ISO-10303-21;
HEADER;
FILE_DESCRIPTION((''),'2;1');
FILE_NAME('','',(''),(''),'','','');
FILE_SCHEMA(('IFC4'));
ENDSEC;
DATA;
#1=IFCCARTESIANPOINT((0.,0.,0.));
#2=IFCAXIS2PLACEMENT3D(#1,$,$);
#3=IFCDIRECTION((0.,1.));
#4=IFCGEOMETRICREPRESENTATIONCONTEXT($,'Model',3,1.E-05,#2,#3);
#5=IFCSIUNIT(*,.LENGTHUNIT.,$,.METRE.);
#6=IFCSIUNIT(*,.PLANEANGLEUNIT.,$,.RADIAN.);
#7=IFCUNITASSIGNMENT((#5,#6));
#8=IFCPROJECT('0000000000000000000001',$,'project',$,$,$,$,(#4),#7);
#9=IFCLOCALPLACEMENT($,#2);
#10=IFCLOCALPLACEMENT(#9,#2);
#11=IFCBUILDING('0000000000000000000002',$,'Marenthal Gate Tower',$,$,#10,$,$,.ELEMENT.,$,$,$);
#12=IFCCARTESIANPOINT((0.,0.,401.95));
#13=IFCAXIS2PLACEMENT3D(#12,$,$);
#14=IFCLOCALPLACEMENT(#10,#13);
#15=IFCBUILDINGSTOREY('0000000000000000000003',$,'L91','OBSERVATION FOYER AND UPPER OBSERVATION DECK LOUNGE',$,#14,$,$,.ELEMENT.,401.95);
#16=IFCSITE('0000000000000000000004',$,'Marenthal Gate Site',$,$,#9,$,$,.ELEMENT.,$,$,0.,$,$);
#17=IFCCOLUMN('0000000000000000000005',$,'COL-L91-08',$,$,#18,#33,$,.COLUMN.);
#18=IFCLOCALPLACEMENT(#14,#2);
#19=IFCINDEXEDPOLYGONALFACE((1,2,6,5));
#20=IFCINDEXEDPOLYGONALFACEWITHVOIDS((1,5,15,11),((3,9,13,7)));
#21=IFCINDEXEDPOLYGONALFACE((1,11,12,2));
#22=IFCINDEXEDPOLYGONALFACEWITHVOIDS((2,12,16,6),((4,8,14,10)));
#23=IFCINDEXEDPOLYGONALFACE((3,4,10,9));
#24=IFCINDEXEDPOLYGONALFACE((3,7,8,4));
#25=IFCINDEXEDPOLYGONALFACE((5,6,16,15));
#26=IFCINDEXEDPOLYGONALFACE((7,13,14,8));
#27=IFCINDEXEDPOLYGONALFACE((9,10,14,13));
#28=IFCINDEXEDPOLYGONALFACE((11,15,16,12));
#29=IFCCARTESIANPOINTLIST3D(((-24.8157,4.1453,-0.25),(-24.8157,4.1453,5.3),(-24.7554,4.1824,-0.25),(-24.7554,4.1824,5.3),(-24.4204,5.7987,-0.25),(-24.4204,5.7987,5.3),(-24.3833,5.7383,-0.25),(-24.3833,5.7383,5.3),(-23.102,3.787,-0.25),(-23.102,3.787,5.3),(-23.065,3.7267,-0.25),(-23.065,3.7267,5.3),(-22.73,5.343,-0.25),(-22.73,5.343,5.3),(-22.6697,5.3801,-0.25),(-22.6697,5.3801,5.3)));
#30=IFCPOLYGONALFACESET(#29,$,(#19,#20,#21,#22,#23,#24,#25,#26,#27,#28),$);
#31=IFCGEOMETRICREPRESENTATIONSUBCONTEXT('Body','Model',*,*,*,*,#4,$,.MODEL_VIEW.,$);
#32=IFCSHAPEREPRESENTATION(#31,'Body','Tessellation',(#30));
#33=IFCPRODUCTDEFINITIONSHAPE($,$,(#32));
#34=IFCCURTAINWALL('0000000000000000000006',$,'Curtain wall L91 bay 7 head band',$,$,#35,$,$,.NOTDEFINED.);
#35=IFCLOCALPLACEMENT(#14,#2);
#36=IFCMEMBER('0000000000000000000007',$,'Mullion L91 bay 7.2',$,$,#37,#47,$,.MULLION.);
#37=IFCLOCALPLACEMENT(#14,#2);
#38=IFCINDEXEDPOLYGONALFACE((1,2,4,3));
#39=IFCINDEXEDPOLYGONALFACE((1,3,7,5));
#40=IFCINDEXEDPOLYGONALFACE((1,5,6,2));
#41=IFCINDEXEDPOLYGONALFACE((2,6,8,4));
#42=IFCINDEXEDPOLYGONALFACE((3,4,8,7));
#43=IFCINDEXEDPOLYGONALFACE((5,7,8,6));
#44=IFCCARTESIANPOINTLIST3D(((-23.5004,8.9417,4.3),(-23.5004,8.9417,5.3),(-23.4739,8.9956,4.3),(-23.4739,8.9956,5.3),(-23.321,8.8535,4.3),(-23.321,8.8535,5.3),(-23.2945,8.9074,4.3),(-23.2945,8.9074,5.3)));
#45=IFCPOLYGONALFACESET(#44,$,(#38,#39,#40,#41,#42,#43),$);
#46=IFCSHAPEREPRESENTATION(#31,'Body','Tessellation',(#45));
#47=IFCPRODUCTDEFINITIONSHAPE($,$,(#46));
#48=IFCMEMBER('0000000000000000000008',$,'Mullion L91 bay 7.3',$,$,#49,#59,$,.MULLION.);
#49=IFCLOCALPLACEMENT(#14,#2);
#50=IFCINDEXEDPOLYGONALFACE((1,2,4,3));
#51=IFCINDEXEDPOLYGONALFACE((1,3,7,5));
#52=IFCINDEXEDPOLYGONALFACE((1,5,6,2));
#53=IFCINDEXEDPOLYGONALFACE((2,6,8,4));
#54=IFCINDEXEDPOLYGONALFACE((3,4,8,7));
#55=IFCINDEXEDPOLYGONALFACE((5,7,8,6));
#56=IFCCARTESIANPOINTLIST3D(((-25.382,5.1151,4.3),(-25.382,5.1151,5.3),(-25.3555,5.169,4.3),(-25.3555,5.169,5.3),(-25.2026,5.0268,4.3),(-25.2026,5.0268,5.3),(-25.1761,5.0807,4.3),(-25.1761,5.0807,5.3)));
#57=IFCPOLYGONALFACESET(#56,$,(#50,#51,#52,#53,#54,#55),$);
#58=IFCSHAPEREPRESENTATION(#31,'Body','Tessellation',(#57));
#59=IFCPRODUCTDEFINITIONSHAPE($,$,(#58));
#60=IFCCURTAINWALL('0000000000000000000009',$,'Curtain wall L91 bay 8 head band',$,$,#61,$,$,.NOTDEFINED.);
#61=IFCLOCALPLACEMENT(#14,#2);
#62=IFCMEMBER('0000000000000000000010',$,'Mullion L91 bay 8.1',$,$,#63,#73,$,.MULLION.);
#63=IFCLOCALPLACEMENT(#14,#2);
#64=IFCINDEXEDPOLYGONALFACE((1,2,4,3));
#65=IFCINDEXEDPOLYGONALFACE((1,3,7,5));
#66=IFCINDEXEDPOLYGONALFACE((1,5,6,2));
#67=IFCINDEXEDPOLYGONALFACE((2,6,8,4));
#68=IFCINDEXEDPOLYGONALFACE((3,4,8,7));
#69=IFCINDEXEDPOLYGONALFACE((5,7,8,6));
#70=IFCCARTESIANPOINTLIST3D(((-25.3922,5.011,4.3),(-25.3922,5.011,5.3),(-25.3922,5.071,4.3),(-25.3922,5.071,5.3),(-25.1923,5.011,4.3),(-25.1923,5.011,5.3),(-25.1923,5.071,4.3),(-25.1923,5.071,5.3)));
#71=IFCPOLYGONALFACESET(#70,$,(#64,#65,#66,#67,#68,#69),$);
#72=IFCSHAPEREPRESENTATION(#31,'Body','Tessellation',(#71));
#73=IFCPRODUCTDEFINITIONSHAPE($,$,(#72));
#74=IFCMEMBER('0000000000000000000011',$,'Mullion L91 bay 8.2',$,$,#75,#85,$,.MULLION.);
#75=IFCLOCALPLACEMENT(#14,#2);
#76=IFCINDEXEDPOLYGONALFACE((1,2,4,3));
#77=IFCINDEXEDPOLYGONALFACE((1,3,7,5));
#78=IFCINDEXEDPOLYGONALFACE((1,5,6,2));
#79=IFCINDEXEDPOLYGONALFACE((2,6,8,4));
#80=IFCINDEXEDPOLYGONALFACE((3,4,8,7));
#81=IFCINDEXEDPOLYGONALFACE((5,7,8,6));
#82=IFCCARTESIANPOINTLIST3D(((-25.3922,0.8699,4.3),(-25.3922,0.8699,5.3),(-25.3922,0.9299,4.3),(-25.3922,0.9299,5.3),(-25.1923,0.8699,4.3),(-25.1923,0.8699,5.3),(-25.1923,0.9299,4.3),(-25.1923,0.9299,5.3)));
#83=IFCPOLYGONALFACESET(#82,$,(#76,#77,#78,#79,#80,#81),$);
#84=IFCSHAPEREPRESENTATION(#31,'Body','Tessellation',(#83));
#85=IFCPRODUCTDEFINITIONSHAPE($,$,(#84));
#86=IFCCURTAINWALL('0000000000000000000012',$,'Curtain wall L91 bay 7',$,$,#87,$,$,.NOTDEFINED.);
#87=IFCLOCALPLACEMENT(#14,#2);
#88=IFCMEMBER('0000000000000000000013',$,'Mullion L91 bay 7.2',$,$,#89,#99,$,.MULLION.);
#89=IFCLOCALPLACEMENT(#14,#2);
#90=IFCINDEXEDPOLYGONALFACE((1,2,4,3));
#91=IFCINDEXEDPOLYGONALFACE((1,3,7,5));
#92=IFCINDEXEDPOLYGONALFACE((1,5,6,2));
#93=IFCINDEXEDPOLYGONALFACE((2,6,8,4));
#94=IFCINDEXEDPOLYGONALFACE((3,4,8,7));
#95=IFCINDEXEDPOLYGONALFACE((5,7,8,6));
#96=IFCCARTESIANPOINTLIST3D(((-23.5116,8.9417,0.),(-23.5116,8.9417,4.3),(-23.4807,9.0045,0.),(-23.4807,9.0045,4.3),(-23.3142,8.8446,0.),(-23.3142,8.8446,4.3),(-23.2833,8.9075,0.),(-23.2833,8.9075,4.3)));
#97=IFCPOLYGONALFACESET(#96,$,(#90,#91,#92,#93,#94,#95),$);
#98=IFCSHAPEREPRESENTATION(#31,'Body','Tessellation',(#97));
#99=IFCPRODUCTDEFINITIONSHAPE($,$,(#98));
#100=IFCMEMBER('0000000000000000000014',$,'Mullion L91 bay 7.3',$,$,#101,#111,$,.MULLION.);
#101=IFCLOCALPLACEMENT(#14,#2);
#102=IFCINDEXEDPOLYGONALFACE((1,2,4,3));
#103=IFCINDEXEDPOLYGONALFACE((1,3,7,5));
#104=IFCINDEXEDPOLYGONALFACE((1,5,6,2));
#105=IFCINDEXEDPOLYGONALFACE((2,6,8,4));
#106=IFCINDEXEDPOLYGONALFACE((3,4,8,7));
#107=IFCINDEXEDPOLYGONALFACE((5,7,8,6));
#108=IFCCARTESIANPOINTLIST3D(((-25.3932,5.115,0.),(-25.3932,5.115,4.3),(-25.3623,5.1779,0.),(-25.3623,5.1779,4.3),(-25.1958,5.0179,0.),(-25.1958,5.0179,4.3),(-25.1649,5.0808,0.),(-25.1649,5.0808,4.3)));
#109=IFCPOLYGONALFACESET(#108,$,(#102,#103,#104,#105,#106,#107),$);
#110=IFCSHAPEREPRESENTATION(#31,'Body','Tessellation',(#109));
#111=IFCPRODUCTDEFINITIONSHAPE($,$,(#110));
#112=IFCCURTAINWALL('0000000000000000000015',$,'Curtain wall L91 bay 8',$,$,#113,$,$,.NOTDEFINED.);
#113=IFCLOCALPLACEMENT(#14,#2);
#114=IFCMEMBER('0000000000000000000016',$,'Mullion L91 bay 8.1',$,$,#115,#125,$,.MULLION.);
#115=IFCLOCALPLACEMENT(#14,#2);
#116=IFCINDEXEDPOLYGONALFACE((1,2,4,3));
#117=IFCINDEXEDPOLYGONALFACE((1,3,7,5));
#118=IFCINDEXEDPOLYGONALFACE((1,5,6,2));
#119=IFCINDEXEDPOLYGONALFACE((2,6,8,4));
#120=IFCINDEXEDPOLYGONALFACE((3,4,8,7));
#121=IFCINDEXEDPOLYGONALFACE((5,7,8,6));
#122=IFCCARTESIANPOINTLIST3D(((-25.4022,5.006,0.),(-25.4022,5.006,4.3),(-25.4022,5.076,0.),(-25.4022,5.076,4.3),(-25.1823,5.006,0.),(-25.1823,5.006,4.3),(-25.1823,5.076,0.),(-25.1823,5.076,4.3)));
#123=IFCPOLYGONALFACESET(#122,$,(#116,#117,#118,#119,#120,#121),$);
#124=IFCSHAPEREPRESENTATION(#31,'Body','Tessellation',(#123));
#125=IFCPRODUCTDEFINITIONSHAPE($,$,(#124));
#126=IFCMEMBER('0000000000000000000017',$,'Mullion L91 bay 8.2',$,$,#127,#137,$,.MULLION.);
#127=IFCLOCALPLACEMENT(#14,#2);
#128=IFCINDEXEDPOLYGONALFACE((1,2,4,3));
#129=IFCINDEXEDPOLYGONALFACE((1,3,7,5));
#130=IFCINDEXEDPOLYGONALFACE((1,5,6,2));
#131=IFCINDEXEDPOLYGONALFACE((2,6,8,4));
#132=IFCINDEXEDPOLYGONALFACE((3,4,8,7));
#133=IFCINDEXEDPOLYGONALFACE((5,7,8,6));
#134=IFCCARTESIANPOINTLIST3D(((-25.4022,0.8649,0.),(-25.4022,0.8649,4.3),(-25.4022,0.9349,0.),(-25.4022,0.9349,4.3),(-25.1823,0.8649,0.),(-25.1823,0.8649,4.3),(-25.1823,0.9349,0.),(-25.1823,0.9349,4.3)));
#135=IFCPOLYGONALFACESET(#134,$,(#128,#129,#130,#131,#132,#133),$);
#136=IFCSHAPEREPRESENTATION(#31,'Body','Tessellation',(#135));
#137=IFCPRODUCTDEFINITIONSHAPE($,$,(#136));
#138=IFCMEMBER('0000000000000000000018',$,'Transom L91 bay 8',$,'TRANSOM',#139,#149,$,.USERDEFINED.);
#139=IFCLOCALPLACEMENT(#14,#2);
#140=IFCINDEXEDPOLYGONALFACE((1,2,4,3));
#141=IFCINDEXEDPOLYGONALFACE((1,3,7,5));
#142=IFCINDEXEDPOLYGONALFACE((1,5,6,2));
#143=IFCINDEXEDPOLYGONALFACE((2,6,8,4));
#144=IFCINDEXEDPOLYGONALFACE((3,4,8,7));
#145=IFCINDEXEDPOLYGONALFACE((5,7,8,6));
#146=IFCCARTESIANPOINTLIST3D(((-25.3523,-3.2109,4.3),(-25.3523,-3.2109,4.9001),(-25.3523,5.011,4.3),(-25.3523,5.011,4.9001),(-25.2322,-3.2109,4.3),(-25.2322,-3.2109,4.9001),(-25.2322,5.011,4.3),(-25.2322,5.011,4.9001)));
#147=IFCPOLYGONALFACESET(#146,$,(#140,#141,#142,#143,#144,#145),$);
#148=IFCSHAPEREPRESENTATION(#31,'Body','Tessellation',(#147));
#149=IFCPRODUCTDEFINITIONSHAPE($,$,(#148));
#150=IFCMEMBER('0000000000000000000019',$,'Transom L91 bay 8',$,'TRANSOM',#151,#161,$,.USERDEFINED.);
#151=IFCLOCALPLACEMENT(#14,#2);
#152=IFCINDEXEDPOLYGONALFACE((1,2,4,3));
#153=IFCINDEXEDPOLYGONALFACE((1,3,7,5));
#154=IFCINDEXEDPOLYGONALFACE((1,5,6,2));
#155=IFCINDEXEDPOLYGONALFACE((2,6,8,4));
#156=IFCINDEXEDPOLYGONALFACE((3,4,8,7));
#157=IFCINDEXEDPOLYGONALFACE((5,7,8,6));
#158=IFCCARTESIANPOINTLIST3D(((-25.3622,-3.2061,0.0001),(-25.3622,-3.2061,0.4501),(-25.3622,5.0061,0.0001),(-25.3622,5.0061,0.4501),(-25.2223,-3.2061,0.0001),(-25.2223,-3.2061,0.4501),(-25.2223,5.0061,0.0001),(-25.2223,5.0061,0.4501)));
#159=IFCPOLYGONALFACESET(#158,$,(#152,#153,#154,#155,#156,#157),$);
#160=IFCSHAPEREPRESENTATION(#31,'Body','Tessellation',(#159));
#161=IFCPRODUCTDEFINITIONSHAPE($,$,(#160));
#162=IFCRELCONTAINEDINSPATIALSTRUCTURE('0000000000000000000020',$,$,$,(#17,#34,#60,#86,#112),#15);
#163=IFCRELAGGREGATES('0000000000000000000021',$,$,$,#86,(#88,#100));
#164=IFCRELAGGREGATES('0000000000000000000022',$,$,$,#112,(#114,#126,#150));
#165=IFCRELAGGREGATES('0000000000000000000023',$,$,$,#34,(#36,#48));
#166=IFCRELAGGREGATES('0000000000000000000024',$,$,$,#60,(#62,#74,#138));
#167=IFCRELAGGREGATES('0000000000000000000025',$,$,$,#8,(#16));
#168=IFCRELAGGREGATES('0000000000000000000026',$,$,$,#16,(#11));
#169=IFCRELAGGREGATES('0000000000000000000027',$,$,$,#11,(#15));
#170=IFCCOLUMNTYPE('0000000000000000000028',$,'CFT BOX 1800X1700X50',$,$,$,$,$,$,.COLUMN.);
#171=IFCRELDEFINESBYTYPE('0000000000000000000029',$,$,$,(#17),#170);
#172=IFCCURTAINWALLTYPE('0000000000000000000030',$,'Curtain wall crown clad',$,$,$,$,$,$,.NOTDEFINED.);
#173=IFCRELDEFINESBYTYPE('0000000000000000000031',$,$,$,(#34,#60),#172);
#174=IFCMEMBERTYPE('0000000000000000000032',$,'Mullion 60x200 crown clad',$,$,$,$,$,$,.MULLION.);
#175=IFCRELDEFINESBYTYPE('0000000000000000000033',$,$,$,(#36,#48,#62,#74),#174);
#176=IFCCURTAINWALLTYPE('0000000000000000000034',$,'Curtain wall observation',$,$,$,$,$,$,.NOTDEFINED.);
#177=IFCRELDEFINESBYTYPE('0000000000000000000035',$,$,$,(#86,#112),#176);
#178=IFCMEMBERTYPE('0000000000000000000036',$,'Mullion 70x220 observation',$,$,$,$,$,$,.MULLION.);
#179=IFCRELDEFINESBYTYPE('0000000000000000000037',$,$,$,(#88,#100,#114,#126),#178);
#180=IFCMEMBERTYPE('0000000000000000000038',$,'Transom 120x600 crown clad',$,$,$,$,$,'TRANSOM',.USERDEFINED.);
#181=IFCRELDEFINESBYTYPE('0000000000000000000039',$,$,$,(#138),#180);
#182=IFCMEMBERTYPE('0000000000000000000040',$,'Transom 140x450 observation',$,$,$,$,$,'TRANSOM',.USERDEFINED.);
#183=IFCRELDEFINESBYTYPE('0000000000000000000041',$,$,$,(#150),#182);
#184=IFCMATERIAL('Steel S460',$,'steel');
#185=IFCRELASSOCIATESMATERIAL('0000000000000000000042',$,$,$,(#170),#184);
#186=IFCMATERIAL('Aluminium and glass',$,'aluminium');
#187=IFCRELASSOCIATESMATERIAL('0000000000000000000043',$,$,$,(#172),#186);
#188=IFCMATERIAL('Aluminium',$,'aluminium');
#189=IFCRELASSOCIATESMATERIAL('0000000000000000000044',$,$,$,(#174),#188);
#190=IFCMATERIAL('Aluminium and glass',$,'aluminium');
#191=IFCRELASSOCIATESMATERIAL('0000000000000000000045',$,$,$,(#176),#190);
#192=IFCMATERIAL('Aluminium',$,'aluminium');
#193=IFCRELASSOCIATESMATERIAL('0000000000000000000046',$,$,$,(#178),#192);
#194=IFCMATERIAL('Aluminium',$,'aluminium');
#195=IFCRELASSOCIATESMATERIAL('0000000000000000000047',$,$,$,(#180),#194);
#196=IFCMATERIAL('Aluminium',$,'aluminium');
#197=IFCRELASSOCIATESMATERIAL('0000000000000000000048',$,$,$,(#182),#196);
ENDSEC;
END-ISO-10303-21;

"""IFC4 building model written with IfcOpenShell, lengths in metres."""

from ifc_helpers import new_model, si_unit, direction, frame, origin, origin_2d, place, context, subcontext, project, spatial, rectangle, hollow_rectangle, extrude, material, material_profile, profile_set, type_object, element, aggregate, save


model = new_model("IFC4")

# Units and contexts
model_context = context("Model", 3, precision=1e-05, world=origin(), true_north=direction((0.0, 1.0)))
body_context = subcontext(model_context, "Body", "Model", "MODEL_VIEW")
ifc_project = project(units=[si_unit("LENGTHUNIT", "METRE"), si_unit("PLANEANGLEUNIT", "RADIAN")], contexts=[model_context])

# Site, building, storey
site_placement = place(None, origin())
site = spatial("IfcSite", under=ifc_project, at=site_placement, Name="Marenthal Gate Site", CompositionType="ELEMENT", RefElevation=0.0)
building_placement = place(site_placement, origin())
building = spatial("IfcBuilding", under=site, at=building_placement, Name="Marenthal Gate Tower", CompositionType="ELEMENT")
storey_placement = place(building_placement, frame((0.0, 0.0, 401.95)))
storey = spatial("IfcBuildingStorey", under=building, at=storey_placement, Name="L91", Description="OBSERVATION FOYER AND UPPER OBSERVATION DECK LOUNGE", CompositionType="ELEMENT", Elevation=401.95)

# Column
ifc_material_1 = material(Name="Steel S460", Category="steel")
ifc_material_profile_1 = material_profile(ifc_material_1, hollow_rectangle(XDim=1.7, YDim=1.8, WallThickness=0.05, at=origin_2d()), Name="CFT BOX 1800X1700X50")
ifc_material_2 = material(Name="Concrete 70 MPa", Category="concrete")
ifc_material_profile_2 = material_profile(ifc_material_2, rectangle(XDim=1.6001, YDim=1.7, at=origin_2d()), Name="CFT BOX 1800X1700X50 INFILL")
ifc_profile_set_1 = profile_set([ifc_material_profile_1, ifc_material_profile_2], Name="Steel S460 shell, Concrete 70 MPa infill")
column_type = type_object("IfcColumnType", Name="CFT BOX 1800X1700X50", PredefinedType="COLUMN", material=ifc_profile_set_1)
column_placement = place(storey_placement, frame((-23.7427, 4.7627, -0.25), z_axis=(0.0, 0.0, 1.0), x_axis=(0.232542, 0.972586, 0.0)))
element("IfcColumn", 1, at=column_placement, inside=storey, type_object=column_type, Name="COL-L91-08", PredefinedType="COLUMN", context=body_context, shape_type="SweptSolid", body=[
    extrude(hollow_rectangle(XDim=1.7, YDim=1.8, WallThickness=0.05, at=origin_2d()), origin(), (0.0, 0.0, 1.0), 5.55),
])

# Curtain walls, members
ifc_material_3 = material(Name="Aluminium and glass", Category="aluminium")
curtain_wall_type_1 = type_object("IfcCurtainWallType", Name="Curtain wall crown clad", PredefinedType="NOTDEFINED", material=ifc_material_3)
curtain_wall_1_placement = place(storey_placement, origin())
curtain_wall_1 = element("IfcCurtainWall", 2, at=curtain_wall_1_placement, inside=storey, type_object=curtain_wall_type_1, Name="Curtain wall L91 bay 7 head band", PredefinedType="NOTDEFINED")
ifc_material_4 = material(Name="Aluminium", Category="aluminium")
ifc_material_profile_3 = material_profile(ifc_material_4, rectangle(XDim=0.2, YDim=0.0601, at=origin_2d()), Name="60x200 aluminium mullion")
ifc_profile_set_2 = profile_set([ifc_material_profile_3], Name="Aluminium")
member_type_1 = type_object("IfcMemberType", Name="Mullion 60x200 crown clad", PredefinedType="MULLION", material=ifc_profile_set_2)
member_1_placement = place(storey_placement, frame((-23.3975, 8.9246, 4.3), z_axis=(0.0, 0.0, 1.0), x_axis=(0.897386, -0.441247, 0.0)))
member_1 = element("IfcMember", 3, at=member_1_placement, type_object=member_type_1, Name="Mullion L91 bay 7.2", PredefinedType="MULLION", context=body_context, shape_type="SweptSolid", body=[
    extrude(rectangle(XDim=0.2, YDim=0.0601, at=origin_2d()), origin(), (0.0, 0.0, 1.0), 1.0),
])
member_2_placement = place(storey_placement, frame((-25.2791, 5.0979, 4.3), z_axis=(0.0, 0.0, 1.0), x_axis=(0.897386, -0.441247, 0.0)))
member_2 = element("IfcMember", 4, at=member_2_placement, type_object=member_type_1, Name="Mullion L91 bay 7.3", PredefinedType="MULLION", context=body_context, shape_type="SweptSolid", body=[
    extrude(rectangle(XDim=0.2, YDim=0.0601, at=origin_2d()), origin(), (0.0, 0.0, 1.0), 1.0),
])
curtain_wall_2_placement = place(storey_placement, origin())
curtain_wall_2 = element("IfcCurtainWall", 5, at=curtain_wall_2_placement, inside=storey, type_object=curtain_wall_type_1, Name="Curtain wall L91 bay 8 head band", PredefinedType="NOTDEFINED")
member_3_placement = place(storey_placement, frame((-25.2922, 5.041, 4.3), z_axis=(0.0, 0.0, 1.0), x_axis=(1.0, 0.0, 0.0)))
member_3 = element("IfcMember", 6, at=member_3_placement, type_object=member_type_1, Name="Mullion L91 bay 8.1", PredefinedType="MULLION", context=body_context, shape_type="SweptSolid", body=[
    extrude(rectangle(XDim=0.2, YDim=0.0601, at=origin_2d()), origin(), (0.0, 0.0, 1.0), 1.0),
])
member_4_placement = place(storey_placement, frame((-25.2922, 0.8999, 4.3), z_axis=(0.0, 0.0, 1.0), x_axis=(1.0, 0.0, 0.0)))
member_4 = element("IfcMember", 7, at=member_4_placement, type_object=member_type_1, Name="Mullion L91 bay 8.2", PredefinedType="MULLION", context=body_context, shape_type="SweptSolid", body=[
    extrude(rectangle(XDim=0.2, YDim=0.0601, at=origin_2d()), origin(), (0.0, 0.0, 1.0), 1.0),
])
ifc_material_5 = material(Name="Aluminium and glass", Category="aluminium")
curtain_wall_type_2 = type_object("IfcCurtainWallType", Name="Curtain wall observation", PredefinedType="NOTDEFINED", material=ifc_material_5)
curtain_wall_3_placement = place(storey_placement, origin())
curtain_wall_3 = element("IfcCurtainWall", 8, at=curtain_wall_3_placement, inside=storey, type_object=curtain_wall_type_2, Name="Curtain wall L91 bay 7", PredefinedType="NOTDEFINED")
ifc_material_6 = material(Name="Aluminium", Category="aluminium")
ifc_material_profile_4 = material_profile(ifc_material_6, rectangle(XDim=0.22, YDim=0.0701, at=origin_2d()), Name="70x220 aluminium mullion")
ifc_profile_set_3 = profile_set([ifc_material_profile_4], Name="Aluminium")
member_type_2 = type_object("IfcMemberType", Name="Mullion 70x220 observation", PredefinedType="MULLION", material=ifc_profile_set_3)
member_5_placement = place(storey_placement, frame((-23.3975, 8.9246, 0.0), z_axis=(0.0, 0.0, 1.0), x_axis=(0.897386, -0.441247, 0.0)))
member_5 = element("IfcMember", 9, at=member_5_placement, type_object=member_type_2, Name="Mullion L91 bay 7.2", PredefinedType="MULLION", context=body_context, shape_type="SweptSolid", body=[
    extrude(rectangle(XDim=0.22, YDim=0.0701, at=origin_2d()), origin(), (0.0, 0.0, 1.0), 4.3),
])
member_6_placement = place(storey_placement, frame((-25.2791, 5.0979, 0.0), z_axis=(0.0, 0.0, 1.0), x_axis=(0.897386, -0.441247, 0.0)))
member_6 = element("IfcMember", 10, at=member_6_placement, type_object=member_type_2, Name="Mullion L91 bay 7.3", PredefinedType="MULLION", context=body_context, shape_type="SweptSolid", body=[
    extrude(rectangle(XDim=0.22, YDim=0.0701, at=origin_2d()), origin(), (0.0, 0.0, 1.0), 4.3),
])
curtain_wall_4_placement = place(storey_placement, origin())
curtain_wall_4 = element("IfcCurtainWall", 11, at=curtain_wall_4_placement, inside=storey, type_object=curtain_wall_type_2, Name="Curtain wall L91 bay 8", PredefinedType="NOTDEFINED")
member_7_placement = place(storey_placement, frame((-25.2922, 5.041, 0.0), z_axis=(0.0, 0.0, 1.0), x_axis=(1.0, 0.0, 0.0)))
member_7 = element("IfcMember", 12, at=member_7_placement, type_object=member_type_2, Name="Mullion L91 bay 8.1", PredefinedType="MULLION", context=body_context, shape_type="SweptSolid", body=[
    extrude(rectangle(XDim=0.22, YDim=0.0701, at=origin_2d()), origin(), (0.0, 0.0, 1.0), 4.3),
])
member_8_placement = place(storey_placement, frame((-25.2922, 0.8999, 0.0), z_axis=(0.0, 0.0, 1.0), x_axis=(1.0, 0.0, 0.0)))
member_8 = element("IfcMember", 13, at=member_8_placement, type_object=member_type_2, Name="Mullion L91 bay 8.2", PredefinedType="MULLION", context=body_context, shape_type="SweptSolid", body=[
    extrude(rectangle(XDim=0.22, YDim=0.0701, at=origin_2d()), origin(), (0.0, 0.0, 1.0), 4.3),
])

# Members
ifc_material_7 = material(Name="Aluminium", Category="aluminium")
ifc_material_profile_5 = material_profile(ifc_material_7, rectangle(XDim=0.1201, YDim=0.6001, at=origin_2d()), Name="120x600 aluminium transom")
ifc_profile_set_4 = profile_set([ifc_material_profile_5], Name="Aluminium")
member_type_3 = type_object("IfcMemberType", Name="Transom 120x600 crown clad", ElementType="TRANSOM", PredefinedType="USERDEFINED", material=ifc_profile_set_4)
member_9_placement = place(storey_placement, frame((-25.2922, 5.011, 4.6001), z_axis=(0.0, -1.0, 0.0), x_axis=(1.0, 0.0, 0.0)))
member_9 = element("IfcMember", 14, at=member_9_placement, type_object=member_type_3, Name="Transom L91 bay 8", ObjectType="TRANSOM", PredefinedType="USERDEFINED", context=body_context, shape_type="SweptSolid", body=[
    extrude(rectangle(XDim=0.1201, YDim=0.6001, at=origin_2d()), origin(), (0.0, 0.0, 1.0), 8.2219),
])
ifc_material_8 = material(Name="Aluminium", Category="aluminium")
ifc_material_profile_6 = material_profile(ifc_material_8, rectangle(XDim=0.1399, YDim=0.45, at=origin_2d()), Name="140x450 aluminium transom")
ifc_profile_set_5 = profile_set([ifc_material_profile_6], Name="Aluminium")
member_type_4 = type_object("IfcMemberType", Name="Transom 140x450 observation", ElementType="TRANSOM", PredefinedType="USERDEFINED", material=ifc_profile_set_5)
member_10_placement = place(storey_placement, frame((-25.2922, 5.0061, 0.2251), z_axis=(0.0, -1.0, 0.0), x_axis=(1.0, 0.0, 0.0)))
member_10 = element("IfcMember", 15, at=member_10_placement, type_object=member_type_4, Name="Transom L91 bay 8", ObjectType="TRANSOM", PredefinedType="USERDEFINED", context=body_context, shape_type="SweptSolid", body=[
    extrude(rectangle(XDim=0.1399, YDim=0.45, at=origin_2d()), origin(), (0.0, 0.0, 1.0), 8.2122),
])

aggregate(curtain_wall_3, [member_5, member_6])
aggregate(curtain_wall_4, [member_7, member_8, member_10])
aggregate(curtain_wall_1, [member_1, member_2])
aggregate(curtain_wall_2, [member_3, member_4, member_9])

save(model, "model.ifc")
